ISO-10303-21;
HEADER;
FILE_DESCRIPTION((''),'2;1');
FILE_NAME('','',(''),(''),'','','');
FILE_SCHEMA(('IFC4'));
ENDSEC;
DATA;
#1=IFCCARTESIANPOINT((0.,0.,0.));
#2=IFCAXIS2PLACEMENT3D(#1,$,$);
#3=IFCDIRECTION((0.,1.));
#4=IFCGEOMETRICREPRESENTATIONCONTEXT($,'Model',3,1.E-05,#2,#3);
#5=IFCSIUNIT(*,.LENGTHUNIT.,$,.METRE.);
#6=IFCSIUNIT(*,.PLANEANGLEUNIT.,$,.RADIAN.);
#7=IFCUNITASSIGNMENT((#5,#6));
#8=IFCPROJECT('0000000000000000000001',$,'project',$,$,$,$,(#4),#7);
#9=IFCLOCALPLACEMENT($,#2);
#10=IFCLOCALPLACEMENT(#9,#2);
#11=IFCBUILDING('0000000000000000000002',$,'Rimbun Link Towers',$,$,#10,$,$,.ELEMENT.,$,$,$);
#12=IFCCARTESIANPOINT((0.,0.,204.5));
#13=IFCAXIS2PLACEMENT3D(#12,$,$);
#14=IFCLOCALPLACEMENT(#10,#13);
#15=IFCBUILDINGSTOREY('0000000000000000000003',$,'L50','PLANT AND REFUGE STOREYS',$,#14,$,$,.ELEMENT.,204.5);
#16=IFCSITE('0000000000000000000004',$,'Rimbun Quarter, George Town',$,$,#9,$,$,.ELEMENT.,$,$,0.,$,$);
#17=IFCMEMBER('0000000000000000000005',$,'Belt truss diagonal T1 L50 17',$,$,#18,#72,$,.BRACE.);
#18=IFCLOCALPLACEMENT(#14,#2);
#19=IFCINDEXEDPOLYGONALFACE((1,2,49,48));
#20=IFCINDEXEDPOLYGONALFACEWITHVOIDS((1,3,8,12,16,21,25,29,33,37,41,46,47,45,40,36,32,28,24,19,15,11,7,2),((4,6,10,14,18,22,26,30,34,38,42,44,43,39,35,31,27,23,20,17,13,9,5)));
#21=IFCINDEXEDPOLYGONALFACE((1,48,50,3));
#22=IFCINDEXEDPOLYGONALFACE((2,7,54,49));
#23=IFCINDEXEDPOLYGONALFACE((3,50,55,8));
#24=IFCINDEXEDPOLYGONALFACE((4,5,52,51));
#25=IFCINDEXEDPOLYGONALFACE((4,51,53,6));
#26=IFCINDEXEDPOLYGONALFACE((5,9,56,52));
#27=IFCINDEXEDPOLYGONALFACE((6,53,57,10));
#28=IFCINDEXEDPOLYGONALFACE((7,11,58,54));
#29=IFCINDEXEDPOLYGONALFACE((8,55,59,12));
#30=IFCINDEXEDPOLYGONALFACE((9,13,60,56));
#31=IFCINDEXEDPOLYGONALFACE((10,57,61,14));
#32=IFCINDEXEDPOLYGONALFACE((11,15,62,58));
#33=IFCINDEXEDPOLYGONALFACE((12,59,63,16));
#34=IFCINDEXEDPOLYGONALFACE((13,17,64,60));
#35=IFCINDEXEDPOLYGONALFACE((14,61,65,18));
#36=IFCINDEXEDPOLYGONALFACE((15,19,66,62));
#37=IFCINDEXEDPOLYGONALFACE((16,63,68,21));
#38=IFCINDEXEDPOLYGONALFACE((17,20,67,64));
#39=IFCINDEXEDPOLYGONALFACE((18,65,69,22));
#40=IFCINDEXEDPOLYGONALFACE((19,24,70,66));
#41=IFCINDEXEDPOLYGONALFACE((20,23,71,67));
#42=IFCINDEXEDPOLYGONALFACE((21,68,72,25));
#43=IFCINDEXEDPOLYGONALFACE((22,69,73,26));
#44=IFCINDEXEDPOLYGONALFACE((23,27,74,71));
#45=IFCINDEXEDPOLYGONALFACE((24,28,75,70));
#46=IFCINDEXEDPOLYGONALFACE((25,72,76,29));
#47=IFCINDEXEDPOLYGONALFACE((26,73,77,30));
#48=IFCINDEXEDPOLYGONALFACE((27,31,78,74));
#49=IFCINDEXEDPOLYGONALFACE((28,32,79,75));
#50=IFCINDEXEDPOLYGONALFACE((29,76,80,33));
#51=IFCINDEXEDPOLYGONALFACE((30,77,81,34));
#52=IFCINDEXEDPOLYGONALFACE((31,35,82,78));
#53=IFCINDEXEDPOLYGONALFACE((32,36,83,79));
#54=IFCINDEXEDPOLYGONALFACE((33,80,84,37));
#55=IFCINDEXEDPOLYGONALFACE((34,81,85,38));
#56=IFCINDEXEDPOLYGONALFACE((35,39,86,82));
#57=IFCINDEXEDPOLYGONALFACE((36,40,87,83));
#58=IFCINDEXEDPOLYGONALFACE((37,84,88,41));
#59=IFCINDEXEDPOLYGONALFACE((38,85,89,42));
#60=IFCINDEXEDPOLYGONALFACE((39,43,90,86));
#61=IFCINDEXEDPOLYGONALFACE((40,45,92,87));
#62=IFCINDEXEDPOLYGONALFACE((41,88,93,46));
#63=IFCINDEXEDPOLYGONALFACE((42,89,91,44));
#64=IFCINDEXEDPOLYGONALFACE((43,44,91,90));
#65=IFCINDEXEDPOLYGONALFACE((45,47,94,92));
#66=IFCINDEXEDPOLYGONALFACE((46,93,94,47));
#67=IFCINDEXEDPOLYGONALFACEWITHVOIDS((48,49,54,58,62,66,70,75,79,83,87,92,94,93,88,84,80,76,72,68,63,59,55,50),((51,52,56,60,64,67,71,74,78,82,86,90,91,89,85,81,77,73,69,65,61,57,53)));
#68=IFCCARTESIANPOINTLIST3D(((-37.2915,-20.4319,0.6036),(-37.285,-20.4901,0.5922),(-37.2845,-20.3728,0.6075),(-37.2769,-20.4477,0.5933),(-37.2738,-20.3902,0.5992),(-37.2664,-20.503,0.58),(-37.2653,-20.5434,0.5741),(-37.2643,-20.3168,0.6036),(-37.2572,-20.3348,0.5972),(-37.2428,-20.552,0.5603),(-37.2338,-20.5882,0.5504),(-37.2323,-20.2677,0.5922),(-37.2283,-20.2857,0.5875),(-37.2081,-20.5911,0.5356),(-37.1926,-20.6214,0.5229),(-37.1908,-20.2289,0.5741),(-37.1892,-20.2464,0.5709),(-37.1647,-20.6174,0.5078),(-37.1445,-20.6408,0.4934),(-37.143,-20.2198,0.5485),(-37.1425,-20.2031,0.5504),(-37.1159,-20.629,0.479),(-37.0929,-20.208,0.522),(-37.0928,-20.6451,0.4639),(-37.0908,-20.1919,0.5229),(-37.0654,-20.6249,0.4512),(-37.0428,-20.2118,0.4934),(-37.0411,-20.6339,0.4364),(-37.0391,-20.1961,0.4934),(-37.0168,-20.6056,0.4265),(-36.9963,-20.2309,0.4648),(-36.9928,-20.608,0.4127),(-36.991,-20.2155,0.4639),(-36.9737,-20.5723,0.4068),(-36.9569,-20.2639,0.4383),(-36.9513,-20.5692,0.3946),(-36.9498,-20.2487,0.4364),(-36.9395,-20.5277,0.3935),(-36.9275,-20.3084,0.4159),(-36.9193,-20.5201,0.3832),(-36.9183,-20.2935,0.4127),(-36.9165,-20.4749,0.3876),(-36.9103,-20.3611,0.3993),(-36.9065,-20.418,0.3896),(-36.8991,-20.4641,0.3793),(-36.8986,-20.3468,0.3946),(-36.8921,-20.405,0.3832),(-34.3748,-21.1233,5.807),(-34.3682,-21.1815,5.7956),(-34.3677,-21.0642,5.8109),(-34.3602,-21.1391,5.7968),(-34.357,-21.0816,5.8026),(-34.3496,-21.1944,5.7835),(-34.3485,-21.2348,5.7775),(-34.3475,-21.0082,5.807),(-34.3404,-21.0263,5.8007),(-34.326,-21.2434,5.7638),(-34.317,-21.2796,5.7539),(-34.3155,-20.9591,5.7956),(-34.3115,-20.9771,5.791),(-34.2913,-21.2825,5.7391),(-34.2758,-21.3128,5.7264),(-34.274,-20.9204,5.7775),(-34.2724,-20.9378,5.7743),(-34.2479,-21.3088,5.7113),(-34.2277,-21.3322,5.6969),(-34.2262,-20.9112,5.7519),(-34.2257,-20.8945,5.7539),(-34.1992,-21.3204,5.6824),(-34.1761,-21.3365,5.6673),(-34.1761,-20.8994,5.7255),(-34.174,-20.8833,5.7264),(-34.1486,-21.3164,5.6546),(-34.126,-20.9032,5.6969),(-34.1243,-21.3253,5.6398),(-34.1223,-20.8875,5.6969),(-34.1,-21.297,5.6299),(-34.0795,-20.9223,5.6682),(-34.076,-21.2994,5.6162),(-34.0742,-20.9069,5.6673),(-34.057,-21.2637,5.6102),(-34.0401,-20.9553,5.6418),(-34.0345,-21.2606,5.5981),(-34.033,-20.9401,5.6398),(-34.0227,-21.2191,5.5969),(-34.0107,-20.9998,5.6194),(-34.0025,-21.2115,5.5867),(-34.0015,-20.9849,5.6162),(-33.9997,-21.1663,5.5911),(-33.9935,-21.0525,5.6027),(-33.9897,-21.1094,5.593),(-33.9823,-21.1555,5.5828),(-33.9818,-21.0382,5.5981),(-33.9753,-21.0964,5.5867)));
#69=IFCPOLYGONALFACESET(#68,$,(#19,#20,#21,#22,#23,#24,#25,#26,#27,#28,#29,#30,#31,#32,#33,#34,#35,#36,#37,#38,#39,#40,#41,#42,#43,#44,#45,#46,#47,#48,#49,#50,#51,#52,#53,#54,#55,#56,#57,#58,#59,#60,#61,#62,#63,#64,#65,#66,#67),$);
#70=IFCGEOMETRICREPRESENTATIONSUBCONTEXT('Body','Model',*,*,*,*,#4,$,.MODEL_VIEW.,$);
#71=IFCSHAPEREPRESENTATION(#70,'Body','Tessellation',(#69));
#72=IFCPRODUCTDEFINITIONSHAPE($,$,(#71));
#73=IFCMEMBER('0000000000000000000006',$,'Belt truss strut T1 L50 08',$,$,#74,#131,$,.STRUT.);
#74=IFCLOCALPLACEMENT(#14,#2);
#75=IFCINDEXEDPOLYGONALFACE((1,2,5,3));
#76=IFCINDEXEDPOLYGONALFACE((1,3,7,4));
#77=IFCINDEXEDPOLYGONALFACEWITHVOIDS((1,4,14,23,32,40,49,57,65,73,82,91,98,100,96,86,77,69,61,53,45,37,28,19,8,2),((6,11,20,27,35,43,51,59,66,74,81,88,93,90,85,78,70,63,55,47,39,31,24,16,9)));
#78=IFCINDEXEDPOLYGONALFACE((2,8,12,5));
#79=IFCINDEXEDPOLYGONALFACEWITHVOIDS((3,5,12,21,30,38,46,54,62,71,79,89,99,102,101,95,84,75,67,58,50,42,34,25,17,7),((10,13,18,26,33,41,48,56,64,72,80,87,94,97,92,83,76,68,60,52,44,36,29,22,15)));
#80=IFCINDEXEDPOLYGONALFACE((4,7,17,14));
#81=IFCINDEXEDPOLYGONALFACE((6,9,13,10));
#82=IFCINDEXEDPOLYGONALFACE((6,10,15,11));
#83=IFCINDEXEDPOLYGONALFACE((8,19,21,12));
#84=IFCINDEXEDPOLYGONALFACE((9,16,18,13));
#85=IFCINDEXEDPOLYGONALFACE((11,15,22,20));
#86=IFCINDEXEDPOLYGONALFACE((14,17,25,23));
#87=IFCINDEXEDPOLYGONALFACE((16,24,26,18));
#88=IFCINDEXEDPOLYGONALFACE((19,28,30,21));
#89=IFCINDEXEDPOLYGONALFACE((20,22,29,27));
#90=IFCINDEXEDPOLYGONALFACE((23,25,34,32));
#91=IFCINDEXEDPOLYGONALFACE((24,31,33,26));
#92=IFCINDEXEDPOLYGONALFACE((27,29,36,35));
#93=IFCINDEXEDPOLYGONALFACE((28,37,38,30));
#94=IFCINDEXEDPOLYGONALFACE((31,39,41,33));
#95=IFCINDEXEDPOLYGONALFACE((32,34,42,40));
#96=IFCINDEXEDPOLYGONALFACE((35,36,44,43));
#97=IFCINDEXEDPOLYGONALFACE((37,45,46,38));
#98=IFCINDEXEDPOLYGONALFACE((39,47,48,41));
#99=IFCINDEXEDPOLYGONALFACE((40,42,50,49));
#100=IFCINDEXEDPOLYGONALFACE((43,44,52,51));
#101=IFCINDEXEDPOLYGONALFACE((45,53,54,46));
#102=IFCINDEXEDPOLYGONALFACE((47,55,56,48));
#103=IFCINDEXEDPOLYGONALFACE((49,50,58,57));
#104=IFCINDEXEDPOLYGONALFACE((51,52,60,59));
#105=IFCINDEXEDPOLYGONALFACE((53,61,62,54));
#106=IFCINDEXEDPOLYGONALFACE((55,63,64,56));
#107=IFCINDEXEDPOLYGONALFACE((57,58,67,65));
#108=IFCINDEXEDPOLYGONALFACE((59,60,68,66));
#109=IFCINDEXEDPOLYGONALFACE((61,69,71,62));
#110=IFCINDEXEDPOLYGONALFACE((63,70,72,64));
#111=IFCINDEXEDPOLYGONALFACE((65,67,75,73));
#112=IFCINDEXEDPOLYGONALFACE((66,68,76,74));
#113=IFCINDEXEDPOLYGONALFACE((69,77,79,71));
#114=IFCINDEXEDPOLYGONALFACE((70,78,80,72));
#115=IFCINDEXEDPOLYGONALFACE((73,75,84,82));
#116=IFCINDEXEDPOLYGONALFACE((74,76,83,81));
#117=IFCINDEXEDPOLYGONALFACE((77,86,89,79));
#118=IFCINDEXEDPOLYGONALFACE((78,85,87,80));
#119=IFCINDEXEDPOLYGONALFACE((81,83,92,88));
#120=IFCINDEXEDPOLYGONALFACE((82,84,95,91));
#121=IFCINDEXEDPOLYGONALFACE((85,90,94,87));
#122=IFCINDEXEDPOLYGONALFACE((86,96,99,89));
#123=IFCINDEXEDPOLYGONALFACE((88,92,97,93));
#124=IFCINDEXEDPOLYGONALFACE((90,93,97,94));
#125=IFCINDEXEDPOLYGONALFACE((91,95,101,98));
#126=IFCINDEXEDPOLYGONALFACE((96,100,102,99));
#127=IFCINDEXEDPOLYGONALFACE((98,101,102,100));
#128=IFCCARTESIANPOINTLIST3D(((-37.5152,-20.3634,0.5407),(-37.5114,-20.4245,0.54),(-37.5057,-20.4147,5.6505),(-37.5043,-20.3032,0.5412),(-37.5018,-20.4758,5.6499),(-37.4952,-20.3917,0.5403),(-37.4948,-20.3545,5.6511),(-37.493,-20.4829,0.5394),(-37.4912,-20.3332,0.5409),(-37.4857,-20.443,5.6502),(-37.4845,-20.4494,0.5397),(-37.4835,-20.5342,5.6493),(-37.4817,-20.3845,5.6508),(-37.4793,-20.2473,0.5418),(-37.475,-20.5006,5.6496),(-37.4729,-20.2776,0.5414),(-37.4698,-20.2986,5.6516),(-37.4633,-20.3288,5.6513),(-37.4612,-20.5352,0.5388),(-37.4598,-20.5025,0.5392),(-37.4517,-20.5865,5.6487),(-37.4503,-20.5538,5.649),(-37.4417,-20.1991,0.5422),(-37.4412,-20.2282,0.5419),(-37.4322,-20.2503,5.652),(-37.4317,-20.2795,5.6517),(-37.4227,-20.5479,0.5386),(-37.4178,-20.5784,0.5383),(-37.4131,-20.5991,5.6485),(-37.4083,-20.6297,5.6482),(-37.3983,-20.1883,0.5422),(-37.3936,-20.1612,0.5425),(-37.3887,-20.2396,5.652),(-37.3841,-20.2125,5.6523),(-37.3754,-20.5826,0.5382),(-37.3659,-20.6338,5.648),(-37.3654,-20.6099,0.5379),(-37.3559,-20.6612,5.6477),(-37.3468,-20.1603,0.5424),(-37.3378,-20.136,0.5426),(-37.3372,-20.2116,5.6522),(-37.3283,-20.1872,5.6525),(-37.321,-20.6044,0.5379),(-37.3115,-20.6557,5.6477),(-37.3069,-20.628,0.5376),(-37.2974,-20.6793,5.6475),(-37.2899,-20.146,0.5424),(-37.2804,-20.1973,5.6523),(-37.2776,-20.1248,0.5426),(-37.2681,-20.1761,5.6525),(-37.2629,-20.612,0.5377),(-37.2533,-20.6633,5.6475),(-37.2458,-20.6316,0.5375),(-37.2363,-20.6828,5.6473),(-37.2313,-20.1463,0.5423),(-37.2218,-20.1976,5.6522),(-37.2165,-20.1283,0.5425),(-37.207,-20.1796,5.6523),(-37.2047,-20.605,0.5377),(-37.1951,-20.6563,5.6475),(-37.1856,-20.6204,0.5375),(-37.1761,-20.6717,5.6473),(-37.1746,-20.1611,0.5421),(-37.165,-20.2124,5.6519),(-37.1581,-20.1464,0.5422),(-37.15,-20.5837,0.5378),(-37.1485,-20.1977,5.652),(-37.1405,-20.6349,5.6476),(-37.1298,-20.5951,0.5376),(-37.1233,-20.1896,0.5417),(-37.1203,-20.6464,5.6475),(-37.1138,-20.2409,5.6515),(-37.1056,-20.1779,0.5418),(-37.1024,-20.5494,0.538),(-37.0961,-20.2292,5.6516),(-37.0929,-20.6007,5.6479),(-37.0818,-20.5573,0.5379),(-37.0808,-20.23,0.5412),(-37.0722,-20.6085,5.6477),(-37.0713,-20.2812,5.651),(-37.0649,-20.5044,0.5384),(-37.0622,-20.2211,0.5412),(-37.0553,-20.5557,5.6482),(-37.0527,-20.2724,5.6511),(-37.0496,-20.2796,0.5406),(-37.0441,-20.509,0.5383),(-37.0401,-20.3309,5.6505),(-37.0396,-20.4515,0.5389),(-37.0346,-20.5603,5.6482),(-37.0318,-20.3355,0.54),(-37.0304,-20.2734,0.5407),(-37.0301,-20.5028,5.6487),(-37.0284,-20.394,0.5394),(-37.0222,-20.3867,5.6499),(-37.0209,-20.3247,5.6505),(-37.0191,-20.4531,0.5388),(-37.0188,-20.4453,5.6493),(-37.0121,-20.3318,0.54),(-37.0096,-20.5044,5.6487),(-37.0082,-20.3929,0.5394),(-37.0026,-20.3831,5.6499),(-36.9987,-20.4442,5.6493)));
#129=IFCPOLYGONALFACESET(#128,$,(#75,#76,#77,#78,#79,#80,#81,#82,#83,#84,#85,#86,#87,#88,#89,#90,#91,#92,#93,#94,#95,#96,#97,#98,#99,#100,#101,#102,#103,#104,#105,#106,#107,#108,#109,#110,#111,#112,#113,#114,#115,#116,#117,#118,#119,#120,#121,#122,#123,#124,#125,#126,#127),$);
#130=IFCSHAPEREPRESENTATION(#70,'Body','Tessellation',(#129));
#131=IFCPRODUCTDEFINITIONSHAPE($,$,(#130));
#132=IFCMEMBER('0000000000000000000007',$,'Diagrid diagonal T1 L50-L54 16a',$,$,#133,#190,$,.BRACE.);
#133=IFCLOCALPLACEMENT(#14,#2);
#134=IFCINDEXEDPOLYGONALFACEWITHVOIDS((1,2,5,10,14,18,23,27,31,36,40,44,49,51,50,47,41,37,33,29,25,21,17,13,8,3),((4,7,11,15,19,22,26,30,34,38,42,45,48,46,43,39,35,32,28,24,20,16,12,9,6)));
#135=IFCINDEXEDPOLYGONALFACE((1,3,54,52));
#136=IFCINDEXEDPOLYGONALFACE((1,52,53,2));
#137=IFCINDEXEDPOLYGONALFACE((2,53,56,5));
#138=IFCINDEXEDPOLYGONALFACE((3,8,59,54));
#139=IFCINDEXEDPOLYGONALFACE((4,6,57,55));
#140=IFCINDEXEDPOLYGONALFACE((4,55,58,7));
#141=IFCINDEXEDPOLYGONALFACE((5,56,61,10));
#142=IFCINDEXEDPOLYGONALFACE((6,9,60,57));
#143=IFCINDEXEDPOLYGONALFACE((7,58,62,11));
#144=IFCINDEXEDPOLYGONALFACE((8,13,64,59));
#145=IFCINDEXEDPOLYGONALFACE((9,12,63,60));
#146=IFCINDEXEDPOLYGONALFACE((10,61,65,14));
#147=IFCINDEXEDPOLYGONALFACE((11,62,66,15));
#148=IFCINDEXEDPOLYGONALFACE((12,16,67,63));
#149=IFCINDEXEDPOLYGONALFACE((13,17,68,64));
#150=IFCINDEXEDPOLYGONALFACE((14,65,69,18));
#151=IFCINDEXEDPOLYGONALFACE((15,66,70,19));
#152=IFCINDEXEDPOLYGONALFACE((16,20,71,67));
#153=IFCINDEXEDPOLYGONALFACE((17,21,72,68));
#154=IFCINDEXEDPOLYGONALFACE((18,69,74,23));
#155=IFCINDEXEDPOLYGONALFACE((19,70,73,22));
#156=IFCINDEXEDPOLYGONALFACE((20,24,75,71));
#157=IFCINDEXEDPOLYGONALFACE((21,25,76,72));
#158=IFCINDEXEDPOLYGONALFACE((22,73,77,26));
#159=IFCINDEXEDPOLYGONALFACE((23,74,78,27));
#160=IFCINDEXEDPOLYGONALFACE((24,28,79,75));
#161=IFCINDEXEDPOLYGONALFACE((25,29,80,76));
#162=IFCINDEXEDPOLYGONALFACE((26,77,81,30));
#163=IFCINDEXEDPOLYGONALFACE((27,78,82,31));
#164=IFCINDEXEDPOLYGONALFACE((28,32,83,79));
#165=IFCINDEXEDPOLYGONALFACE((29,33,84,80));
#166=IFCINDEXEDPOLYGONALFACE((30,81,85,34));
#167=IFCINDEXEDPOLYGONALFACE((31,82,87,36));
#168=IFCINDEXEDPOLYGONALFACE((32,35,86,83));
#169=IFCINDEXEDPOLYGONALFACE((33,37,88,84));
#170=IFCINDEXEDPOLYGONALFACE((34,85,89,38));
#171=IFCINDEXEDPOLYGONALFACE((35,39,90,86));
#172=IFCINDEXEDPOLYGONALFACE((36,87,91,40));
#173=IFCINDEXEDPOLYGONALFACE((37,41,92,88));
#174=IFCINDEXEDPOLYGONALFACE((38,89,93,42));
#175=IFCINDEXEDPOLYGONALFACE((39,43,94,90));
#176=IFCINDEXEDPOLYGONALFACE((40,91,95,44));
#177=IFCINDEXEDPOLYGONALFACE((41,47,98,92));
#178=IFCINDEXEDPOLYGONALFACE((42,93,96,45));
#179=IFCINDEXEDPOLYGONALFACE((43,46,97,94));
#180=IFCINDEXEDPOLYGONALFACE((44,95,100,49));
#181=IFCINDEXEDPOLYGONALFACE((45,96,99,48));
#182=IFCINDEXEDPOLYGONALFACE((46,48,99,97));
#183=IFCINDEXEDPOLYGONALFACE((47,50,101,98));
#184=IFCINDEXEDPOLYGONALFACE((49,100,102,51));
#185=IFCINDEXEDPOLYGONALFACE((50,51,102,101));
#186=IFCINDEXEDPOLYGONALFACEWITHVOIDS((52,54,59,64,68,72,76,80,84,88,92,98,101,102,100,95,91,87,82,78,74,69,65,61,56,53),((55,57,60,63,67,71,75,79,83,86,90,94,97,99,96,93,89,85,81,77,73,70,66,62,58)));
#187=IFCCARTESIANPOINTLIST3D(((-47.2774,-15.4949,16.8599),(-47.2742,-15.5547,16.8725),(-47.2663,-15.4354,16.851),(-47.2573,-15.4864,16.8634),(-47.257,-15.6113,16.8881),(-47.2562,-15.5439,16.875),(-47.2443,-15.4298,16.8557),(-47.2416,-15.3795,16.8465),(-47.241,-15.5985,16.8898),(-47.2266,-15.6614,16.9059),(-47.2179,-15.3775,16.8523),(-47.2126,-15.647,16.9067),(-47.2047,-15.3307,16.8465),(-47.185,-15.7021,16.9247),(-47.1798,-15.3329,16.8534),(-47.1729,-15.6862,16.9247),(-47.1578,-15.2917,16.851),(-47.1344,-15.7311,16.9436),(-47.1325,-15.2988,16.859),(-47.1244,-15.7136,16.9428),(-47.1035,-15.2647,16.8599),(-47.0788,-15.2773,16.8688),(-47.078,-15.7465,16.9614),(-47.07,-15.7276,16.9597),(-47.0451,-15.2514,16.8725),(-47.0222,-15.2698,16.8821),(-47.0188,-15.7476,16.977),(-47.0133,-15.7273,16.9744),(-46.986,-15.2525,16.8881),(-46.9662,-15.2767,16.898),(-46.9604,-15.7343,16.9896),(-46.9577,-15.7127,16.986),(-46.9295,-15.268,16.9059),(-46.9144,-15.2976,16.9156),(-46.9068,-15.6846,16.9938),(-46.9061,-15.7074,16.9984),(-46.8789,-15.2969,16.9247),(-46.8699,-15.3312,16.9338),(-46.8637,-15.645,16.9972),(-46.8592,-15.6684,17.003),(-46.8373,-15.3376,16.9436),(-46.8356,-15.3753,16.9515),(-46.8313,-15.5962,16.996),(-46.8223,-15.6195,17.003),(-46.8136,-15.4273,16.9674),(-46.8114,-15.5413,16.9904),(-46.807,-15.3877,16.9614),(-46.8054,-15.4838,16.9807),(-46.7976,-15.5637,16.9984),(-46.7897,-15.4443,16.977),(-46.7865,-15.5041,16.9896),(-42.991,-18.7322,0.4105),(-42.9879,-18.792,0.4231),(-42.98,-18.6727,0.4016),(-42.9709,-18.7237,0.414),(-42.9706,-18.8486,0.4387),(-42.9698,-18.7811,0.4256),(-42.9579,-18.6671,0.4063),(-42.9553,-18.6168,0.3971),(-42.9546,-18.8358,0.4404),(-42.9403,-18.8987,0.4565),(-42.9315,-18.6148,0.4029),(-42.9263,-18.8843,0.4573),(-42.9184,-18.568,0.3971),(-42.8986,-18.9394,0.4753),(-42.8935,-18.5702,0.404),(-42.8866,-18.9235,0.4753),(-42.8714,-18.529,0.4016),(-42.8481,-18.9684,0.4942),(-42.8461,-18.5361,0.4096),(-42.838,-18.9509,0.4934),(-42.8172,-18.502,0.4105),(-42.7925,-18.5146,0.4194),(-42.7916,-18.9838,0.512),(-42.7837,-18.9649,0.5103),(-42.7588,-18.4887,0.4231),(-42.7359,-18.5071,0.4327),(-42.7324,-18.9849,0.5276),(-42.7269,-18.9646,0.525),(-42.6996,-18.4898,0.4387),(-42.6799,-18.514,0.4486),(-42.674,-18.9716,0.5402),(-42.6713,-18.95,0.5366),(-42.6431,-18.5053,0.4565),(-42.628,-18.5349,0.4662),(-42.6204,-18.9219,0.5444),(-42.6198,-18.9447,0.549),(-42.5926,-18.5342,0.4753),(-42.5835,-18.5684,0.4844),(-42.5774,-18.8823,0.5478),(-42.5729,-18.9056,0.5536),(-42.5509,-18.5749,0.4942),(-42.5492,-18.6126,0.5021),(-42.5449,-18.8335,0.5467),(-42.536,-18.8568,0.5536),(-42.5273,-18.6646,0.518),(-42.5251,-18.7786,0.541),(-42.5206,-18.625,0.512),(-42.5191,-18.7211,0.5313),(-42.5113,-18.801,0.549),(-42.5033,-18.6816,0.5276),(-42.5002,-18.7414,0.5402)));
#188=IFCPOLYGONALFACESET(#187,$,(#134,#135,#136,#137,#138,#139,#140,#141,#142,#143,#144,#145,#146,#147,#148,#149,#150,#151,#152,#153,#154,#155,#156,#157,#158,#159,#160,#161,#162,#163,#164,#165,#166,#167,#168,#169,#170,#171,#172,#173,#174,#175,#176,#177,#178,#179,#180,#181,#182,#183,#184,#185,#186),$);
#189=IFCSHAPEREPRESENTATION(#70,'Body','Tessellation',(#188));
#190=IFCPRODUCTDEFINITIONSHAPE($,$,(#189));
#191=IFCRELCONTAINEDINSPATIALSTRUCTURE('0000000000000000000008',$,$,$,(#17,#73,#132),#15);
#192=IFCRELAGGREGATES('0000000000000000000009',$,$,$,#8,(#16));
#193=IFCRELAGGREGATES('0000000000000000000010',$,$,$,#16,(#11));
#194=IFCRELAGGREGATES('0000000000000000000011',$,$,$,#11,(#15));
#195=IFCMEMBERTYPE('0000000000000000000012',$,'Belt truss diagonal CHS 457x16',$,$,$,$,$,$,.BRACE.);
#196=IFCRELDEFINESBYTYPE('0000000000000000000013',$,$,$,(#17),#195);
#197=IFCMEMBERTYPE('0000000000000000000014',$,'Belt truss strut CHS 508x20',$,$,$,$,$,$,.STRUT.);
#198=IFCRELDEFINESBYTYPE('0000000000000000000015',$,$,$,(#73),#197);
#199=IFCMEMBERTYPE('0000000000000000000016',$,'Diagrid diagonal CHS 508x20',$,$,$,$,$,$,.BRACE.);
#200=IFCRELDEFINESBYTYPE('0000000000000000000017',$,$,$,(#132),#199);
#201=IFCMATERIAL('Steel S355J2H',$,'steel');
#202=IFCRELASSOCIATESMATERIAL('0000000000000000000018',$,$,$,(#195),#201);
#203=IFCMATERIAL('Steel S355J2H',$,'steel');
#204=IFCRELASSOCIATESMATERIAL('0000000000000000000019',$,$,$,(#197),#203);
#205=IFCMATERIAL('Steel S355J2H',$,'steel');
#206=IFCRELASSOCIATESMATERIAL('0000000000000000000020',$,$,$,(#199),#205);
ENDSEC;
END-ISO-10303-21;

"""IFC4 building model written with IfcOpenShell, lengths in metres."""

from ifc_helpers import new_model, si_unit, direction, frame, origin, origin_2d, place, context, subcontext, project, spatial, hollow_circle, extrude, material, material_profile, profile_set, type_object, element, save


model = new_model("IFC4")

# Units and contexts
model_context = context("Model", 3, precision=1e-05, world=origin(), true_north=direction((0.0, 1.0)))
body_context = subcontext(model_context, "Body", "Model", "MODEL_VIEW")
ifc_project = project(units=[si_unit("LENGTHUNIT", "METRE"), si_unit("PLANEANGLEUNIT", "RADIAN")], contexts=[model_context])

# Site, building, storey
site_placement = place(None, origin())
site = spatial("IfcSite", under=ifc_project, at=site_placement, Name="Rimbun Quarter, George Town", CompositionType="ELEMENT", RefElevation=0.0)
building_placement = place(site_placement, origin())
building = spatial("IfcBuilding", under=site, at=building_placement, Name="Rimbun Link Towers", CompositionType="ELEMENT")
storey_placement = place(building_placement, frame((0.0, 0.0, 204.5)))
storey = spatial("IfcBuildingStorey", under=building, at=storey_placement, Name="L50", Description="PLANT AND REFUGE STOREYS", CompositionType="ELEMENT", Elevation=204.5)

# Members
ifc_material_1 = material(Name="Steel S355J2H", Category="steel")
ifc_material_profile_1 = material_profile(ifc_material_1, hollow_circle(Radius=0.2285, WallThickness=0.0161, at=origin_2d()), Name="Belt truss diagonal CHS 457x16")
ifc_profile_set_1 = profile_set([ifc_material_profile_1], Name="Steel S355J2H")
member_type_1 = type_object("IfcMemberType", Name="Belt truss diagonal CHS 457x16", PredefinedType="BRACE", material=ifc_profile_set_1)
member_1_placement = place(storey_placement, frame((-37.0918, -20.4185, 0.4934), z_axis=(0.485717, -0.115138, 0.8665), x_axis=(0.230655, 0.973036, 0.0)))
element("IfcMember", 1, at=member_1_placement, inside=storey, type_object=member_type_1, Name="Belt truss diagonal T1 L50 17", PredefinedType="BRACE", context=body_context, shape_type="SweptSolid", body=[
    extrude(hollow_circle(Radius=0.2285, WallThickness=0.0161, at=origin_2d()), origin(), (0.0, 0.0, 1.0), 6.0051),
])
ifc_material_2 = material(Name="Steel S355J2H", Category="steel")
ifc_material_profile_2 = material_profile(ifc_material_2, hollow_circle(Radius=0.2539, WallThickness=0.02, at=origin_2d()), Name="Belt truss strut CHS 508x20")
ifc_profile_set_2 = profile_set([ifc_material_profile_2], Name="Steel S355J2H")
member_type_2 = type_object("IfcMemberType", Name="Belt truss strut CHS 508x20", PredefinedType="STRUT", material=ifc_profile_set_2)
member_2_placement = place(storey_placement, frame((-37.2617, -20.3782, 0.54), z_axis=(0.001863, -0.010033, 0.999948), x_axis=(0.983189, 0.182592, 0.0)))
element("IfcMember", 2, at=member_2_placement, inside=storey, type_object=member_type_2, Name="Belt truss strut T1 L50 08", PredefinedType="STRUT", context=body_context, shape_type="SweptSolid", body=[
    extrude(hollow_circle(Radius=0.2539, WallThickness=0.02, at=origin_2d()), origin(), (0.0, 0.0, 1.0), 5.1101),
])
ifc_material_3 = material(Name="Steel S355J2H", Category="steel")
ifc_material_profile_3 = material_profile(ifc_material_3, hollow_circle(Radius=0.2539, WallThickness=0.02, at=origin_2d()), Name="Diagrid diagonal CHS 508x20")
ifc_profile_set_3 = profile_set([ifc_material_profile_3], Name="Steel S355J2H")
member_type_3 = type_object("IfcMemberType", Name="Diagrid diagonal CHS 508x20", PredefinedType="BRACE", material=ifc_profile_set_3)
member_3_placement = place(storey_placement, frame((-42.7456, -18.7368, 0.4753), z_axis=(-0.247706, 0.187081, 0.950601), x_axis=(-0.60268, -0.797983, 0.0)))
element("IfcMember", 3, at=member_3_placement, inside=storey, type_object=member_type_3, Name="Diagrid diagonal T1 L50-L54 16a", PredefinedType="BRACE", context=body_context, shape_type="SweptSolid", body=[
    extrude(hollow_circle(Radius=0.2539, WallThickness=0.02, at=origin_2d()), origin(), (0.0, 0.0, 1.0), 17.3042),
])

save(model, "model.ifc")
